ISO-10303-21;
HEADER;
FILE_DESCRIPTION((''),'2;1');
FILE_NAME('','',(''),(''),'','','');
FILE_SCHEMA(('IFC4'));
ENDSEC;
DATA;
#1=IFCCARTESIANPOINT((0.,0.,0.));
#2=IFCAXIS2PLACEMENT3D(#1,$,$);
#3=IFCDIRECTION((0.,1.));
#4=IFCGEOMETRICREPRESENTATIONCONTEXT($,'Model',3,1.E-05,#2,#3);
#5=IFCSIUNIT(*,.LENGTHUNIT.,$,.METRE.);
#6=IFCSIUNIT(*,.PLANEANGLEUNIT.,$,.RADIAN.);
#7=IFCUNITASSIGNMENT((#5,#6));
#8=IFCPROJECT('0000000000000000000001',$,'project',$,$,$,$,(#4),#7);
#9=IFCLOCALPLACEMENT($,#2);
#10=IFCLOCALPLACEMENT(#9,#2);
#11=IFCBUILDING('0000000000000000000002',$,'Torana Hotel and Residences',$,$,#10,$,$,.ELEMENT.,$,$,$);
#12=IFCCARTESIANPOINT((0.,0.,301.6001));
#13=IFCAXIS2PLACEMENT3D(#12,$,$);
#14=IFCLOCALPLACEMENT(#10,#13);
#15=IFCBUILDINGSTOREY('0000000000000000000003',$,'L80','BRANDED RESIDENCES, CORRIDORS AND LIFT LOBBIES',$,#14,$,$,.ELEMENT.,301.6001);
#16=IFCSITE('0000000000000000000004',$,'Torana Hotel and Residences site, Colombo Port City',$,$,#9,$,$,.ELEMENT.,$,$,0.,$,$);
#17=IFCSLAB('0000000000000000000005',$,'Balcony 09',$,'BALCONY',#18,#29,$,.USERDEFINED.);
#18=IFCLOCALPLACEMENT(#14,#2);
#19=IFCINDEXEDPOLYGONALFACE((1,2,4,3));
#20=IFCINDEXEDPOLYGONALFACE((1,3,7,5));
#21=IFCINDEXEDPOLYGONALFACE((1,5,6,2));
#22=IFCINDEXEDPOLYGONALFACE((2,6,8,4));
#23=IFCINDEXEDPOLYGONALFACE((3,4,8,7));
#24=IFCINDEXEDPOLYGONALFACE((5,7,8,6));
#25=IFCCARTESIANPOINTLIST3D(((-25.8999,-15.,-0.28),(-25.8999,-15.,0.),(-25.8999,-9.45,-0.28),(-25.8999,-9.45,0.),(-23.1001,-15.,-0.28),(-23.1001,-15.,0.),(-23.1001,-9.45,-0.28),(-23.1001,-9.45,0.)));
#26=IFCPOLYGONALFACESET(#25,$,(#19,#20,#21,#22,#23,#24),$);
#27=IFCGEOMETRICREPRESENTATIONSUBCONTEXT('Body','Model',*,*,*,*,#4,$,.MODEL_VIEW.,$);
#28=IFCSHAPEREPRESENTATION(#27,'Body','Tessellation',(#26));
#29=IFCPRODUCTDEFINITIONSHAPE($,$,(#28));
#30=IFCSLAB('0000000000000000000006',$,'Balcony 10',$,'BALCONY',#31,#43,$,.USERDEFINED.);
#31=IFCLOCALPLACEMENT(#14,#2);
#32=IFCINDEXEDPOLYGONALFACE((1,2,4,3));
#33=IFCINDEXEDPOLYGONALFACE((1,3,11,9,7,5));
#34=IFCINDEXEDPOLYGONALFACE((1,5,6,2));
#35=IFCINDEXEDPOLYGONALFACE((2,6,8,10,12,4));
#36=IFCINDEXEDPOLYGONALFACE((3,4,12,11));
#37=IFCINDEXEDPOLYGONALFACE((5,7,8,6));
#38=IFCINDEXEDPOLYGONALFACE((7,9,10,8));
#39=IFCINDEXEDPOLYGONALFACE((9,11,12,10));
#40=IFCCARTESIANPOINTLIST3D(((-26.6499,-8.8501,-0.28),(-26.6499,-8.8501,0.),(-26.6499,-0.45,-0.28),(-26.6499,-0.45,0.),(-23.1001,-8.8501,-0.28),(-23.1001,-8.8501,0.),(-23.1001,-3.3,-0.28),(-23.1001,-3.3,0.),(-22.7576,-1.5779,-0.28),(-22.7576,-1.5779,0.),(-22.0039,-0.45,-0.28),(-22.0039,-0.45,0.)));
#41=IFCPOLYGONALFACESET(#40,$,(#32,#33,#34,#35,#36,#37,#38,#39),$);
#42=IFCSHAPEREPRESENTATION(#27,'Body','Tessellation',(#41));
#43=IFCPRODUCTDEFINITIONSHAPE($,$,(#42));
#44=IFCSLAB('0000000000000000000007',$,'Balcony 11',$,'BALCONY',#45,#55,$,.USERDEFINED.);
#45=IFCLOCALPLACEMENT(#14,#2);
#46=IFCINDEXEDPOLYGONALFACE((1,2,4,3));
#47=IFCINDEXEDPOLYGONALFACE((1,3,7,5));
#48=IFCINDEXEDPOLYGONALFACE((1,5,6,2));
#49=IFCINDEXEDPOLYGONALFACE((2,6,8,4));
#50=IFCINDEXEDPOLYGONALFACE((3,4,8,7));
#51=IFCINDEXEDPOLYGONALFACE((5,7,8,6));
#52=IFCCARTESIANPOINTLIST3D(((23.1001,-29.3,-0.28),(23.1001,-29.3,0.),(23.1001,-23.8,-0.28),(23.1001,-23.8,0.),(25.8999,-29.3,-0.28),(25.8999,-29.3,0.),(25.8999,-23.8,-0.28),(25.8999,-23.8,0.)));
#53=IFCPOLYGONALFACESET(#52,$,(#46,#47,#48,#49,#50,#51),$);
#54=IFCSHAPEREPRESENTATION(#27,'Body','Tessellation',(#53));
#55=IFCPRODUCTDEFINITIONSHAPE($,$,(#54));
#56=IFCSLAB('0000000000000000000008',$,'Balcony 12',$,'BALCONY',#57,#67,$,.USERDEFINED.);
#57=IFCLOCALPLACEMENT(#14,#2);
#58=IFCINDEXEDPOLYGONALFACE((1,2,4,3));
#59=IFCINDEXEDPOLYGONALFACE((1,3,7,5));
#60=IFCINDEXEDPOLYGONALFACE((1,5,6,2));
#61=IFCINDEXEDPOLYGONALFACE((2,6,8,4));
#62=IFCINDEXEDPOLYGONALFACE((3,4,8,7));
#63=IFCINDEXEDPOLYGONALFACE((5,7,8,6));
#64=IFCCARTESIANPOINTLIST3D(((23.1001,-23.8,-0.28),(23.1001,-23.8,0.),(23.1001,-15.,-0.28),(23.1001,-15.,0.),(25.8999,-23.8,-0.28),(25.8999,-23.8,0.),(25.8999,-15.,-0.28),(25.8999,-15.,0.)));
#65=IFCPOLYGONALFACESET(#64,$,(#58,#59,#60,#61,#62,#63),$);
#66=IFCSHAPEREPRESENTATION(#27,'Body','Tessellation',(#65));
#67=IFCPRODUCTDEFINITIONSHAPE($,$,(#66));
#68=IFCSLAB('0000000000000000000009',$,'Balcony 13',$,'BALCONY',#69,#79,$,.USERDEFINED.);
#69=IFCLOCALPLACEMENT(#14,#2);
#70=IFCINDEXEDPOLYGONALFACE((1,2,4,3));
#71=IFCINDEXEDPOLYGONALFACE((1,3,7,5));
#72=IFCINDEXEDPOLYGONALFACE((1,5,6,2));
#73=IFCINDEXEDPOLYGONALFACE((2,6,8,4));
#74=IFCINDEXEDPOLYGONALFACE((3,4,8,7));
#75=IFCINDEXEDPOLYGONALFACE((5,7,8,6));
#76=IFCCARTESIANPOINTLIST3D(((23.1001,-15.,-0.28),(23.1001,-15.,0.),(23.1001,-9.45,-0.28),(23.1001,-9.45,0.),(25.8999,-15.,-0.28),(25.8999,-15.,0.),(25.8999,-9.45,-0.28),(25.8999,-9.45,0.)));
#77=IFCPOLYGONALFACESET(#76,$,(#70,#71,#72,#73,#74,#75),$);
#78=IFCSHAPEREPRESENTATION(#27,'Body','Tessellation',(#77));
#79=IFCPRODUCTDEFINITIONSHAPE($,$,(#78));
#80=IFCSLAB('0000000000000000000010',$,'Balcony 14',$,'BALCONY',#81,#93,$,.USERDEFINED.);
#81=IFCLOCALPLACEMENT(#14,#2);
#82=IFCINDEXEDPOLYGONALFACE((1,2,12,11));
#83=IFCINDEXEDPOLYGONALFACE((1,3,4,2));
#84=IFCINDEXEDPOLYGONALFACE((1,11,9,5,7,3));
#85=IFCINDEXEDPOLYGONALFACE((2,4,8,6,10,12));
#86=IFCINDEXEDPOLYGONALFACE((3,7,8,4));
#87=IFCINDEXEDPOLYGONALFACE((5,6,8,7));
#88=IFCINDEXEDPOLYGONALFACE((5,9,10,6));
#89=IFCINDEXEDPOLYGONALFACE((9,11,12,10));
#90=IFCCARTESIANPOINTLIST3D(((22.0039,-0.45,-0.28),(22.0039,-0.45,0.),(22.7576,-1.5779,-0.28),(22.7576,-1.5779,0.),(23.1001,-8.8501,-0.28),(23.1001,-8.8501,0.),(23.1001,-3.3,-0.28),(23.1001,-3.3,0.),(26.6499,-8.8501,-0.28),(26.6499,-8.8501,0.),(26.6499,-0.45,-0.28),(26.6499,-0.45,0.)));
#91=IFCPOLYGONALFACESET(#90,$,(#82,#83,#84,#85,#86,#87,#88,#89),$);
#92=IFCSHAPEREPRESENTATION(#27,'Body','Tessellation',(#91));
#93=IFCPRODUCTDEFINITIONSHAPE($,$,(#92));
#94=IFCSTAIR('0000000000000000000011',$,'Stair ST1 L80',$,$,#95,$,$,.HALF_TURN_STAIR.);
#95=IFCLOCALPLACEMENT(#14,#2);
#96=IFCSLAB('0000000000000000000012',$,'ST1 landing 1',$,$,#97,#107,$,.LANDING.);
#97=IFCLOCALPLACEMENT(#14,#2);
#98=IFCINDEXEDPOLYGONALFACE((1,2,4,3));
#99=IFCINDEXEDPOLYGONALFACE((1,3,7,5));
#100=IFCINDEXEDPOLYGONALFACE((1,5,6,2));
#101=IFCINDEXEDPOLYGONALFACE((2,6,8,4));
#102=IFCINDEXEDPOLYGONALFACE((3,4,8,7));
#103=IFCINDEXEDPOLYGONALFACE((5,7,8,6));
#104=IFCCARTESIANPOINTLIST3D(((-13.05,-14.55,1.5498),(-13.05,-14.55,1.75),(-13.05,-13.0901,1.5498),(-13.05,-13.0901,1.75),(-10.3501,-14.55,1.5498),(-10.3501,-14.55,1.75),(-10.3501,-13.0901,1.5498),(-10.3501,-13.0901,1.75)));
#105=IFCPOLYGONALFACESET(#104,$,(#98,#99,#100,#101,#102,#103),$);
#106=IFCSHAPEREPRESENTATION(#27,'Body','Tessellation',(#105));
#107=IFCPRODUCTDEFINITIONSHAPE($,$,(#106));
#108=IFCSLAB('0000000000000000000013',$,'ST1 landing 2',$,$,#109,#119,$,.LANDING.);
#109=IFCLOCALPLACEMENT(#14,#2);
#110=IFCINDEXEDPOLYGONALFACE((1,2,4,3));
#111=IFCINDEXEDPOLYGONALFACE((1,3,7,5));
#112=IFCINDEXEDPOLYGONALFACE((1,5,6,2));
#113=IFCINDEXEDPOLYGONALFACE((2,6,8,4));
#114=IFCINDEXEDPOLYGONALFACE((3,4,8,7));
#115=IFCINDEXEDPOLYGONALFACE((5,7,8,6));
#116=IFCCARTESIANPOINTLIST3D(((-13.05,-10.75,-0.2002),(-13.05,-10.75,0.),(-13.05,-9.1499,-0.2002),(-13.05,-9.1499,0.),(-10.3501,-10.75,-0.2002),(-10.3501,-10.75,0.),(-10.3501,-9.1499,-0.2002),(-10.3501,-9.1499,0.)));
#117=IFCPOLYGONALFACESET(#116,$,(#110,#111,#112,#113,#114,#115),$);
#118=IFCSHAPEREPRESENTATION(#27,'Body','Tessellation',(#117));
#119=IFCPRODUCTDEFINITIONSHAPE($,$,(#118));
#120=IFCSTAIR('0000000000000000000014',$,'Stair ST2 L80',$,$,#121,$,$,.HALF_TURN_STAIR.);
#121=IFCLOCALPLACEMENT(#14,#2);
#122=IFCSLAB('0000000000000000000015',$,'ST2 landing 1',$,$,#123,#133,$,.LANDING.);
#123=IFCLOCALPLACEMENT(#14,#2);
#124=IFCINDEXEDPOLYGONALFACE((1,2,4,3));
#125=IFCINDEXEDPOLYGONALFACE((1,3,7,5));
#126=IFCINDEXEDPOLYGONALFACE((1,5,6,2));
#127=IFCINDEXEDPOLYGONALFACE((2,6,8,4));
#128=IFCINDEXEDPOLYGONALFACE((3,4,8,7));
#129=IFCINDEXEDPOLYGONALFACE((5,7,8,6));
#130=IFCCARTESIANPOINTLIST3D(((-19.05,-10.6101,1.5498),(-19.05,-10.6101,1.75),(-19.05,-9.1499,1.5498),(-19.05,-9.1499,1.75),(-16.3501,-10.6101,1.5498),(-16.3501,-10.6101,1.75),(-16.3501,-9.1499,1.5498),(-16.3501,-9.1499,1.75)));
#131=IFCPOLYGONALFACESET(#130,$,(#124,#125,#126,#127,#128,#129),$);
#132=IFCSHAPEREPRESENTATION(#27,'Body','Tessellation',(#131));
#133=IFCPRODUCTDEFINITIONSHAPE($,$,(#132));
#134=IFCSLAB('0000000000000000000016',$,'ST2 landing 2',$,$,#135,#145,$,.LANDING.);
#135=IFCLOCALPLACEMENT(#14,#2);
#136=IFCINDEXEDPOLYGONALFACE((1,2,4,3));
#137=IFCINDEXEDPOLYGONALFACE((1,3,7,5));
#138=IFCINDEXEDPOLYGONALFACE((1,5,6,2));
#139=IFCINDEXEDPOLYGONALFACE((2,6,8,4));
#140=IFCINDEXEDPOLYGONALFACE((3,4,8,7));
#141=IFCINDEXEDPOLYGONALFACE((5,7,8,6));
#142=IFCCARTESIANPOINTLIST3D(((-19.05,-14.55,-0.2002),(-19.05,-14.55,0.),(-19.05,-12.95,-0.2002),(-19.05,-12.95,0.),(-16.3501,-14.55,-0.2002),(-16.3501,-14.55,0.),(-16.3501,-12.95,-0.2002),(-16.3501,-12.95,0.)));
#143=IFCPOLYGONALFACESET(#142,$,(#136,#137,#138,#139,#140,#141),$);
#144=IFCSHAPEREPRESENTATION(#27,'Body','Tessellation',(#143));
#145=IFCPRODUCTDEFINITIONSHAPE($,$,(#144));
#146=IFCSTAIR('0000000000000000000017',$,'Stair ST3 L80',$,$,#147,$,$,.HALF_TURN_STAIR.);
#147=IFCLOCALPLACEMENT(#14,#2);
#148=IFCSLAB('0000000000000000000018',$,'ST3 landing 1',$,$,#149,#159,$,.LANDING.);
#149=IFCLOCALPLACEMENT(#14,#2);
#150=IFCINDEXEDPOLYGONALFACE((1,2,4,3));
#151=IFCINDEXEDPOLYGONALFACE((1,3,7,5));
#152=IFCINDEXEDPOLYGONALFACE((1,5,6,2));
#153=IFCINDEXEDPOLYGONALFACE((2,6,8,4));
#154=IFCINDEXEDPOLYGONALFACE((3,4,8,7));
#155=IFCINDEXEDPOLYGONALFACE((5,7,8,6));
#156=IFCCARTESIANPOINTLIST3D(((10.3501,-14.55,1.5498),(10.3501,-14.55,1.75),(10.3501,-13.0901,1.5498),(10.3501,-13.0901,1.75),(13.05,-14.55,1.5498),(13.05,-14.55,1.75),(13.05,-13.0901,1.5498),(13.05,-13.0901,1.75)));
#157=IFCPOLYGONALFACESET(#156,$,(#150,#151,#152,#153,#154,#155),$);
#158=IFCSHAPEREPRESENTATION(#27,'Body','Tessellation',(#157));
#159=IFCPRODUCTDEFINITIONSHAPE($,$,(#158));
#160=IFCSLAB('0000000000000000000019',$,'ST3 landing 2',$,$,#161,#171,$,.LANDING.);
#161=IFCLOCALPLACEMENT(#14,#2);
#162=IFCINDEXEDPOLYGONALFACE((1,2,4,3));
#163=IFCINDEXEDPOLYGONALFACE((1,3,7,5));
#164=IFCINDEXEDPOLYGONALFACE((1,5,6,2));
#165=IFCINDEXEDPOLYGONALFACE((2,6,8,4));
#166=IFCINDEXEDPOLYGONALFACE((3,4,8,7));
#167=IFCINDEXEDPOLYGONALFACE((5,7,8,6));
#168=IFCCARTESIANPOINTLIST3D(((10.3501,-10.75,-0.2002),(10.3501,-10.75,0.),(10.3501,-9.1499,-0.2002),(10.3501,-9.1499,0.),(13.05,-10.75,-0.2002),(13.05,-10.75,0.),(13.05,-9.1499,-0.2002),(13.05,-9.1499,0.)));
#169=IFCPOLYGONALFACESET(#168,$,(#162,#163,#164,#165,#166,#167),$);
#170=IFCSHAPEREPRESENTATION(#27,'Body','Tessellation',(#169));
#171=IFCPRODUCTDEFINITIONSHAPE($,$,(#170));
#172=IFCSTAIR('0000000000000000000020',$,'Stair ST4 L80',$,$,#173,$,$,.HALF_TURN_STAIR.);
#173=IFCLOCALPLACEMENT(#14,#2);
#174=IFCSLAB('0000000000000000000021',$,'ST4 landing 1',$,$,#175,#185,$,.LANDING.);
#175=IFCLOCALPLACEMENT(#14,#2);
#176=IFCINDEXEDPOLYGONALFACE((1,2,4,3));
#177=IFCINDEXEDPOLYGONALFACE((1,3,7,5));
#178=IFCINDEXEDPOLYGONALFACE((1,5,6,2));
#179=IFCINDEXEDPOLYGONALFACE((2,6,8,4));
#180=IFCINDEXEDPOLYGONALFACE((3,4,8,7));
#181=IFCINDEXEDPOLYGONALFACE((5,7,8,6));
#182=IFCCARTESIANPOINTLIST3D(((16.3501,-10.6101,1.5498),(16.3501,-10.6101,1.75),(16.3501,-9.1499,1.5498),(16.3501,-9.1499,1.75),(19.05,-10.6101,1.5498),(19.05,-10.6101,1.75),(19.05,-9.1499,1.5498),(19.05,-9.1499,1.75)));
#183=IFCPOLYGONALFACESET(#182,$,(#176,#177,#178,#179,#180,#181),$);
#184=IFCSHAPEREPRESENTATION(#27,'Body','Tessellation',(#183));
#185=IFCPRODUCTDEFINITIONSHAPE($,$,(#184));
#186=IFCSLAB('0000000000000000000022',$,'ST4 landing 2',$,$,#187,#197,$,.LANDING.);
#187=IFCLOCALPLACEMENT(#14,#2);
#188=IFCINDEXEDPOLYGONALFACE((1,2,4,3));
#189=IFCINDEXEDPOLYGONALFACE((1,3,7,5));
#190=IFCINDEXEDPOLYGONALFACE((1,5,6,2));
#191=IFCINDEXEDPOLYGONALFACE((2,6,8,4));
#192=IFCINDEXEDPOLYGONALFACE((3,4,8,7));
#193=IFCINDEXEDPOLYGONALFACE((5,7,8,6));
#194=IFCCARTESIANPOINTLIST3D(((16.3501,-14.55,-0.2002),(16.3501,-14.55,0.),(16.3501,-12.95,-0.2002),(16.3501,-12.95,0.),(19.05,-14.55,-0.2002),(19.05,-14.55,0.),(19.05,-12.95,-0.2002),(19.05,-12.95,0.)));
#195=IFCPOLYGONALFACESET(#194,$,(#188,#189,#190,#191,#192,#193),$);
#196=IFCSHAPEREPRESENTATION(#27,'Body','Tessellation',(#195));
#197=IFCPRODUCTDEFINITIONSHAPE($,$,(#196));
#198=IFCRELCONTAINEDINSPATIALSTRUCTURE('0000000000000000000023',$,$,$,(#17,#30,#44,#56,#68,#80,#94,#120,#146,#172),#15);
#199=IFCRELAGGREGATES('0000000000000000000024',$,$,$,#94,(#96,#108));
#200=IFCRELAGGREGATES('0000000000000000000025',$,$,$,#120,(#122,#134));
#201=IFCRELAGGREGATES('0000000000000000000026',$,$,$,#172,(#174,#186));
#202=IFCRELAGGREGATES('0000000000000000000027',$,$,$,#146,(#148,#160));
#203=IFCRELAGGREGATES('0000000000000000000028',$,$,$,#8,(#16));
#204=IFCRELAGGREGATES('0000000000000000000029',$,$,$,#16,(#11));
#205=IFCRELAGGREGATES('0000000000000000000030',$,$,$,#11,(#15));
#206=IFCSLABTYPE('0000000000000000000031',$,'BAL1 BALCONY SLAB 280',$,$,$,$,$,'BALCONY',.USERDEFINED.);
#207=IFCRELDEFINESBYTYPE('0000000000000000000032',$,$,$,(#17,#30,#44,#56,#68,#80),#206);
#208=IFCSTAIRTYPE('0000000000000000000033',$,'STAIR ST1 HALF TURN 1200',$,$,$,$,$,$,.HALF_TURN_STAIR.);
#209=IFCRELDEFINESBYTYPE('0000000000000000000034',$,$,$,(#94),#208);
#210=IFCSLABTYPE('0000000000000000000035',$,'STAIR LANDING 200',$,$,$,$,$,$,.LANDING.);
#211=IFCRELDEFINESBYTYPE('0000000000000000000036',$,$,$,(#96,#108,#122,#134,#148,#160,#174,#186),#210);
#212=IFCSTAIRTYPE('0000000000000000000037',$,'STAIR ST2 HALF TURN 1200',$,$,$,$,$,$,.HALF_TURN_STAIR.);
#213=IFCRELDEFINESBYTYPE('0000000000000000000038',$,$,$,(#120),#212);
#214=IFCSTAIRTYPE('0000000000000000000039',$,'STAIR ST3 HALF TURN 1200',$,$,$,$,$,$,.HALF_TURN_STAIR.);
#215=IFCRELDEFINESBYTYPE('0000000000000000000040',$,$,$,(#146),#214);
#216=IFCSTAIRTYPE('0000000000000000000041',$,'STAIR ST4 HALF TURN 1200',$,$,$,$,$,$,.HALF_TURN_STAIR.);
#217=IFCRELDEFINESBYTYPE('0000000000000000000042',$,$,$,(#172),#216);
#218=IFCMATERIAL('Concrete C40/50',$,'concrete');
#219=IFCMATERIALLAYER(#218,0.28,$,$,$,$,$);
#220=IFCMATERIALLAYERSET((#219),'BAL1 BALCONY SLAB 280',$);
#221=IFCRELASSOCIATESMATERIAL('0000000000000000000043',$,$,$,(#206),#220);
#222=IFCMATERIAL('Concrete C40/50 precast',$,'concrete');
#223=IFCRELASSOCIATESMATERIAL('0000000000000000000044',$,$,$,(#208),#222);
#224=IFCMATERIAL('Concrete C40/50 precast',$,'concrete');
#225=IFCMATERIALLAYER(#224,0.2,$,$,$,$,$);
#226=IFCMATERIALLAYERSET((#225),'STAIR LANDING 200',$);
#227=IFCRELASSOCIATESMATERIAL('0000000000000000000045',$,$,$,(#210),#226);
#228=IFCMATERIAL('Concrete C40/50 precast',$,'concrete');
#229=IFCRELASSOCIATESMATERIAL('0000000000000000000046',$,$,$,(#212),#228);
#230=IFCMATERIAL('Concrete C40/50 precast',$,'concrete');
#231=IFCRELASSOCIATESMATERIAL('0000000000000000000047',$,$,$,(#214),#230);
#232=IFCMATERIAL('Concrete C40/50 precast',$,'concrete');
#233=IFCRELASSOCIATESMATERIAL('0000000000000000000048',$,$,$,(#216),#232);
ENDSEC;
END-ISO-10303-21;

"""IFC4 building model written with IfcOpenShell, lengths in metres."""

from ifc_helpers import new_model, si_unit, direction, frame, origin, place, context, subcontext, project, spatial, polyline, outline, extrude, material, layer, layer_set, type_object, element, aggregate, save


model = new_model("IFC4")

# Units and contexts
model_context = context("Model", 3, precision=1e-05, world=origin(), true_north=direction((0.0, 1.0)))
body_context = subcontext(model_context, "Body", "Model", "MODEL_VIEW")
ifc_project = project(units=[si_unit("LENGTHUNIT", "METRE"), si_unit("PLANEANGLEUNIT", "RADIAN")], contexts=[model_context])

# Site, building, storey
site_placement = place(None, origin())
site = spatial("IfcSite", under=ifc_project, at=site_placement, Name="Torana Hotel and Residences site, Colombo Port City", CompositionType="ELEMENT", RefElevation=0.0)
building_placement = place(site_placement, origin())
building = spatial("IfcBuilding", under=site, at=building_placement, Name="Torana Hotel and Residences", CompositionType="ELEMENT")
storey_placement = place(building_placement, frame((0.0, 0.0, 301.6001)))
storey = spatial("IfcBuildingStorey", under=building, at=storey_placement, Name="L80", Description="BRANDED RESIDENCES, CORRIDORS AND LIFT LOBBIES", CompositionType="ELEMENT", Elevation=301.6001)

# Slabs
ifc_material_1 = material(Name="Concrete C40/50", Category="concrete")
ifc_layer_1 = layer(ifc_material_1, 0.28)
ifc_layer_set_1 = layer_set([ifc_layer_1], Name="BAL1 BALCONY SLAB 280")
slab_type_1 = type_object("IfcSlabType", Name="BAL1 BALCONY SLAB 280", ElementType="BALCONY", PredefinedType="USERDEFINED", material=ifc_layer_set_1)
slab_1_placement = place(storey_placement, frame((0.0, 0.0, -0.28)))
element("IfcSlab", 1, at=slab_1_placement, inside=storey, type_object=slab_type_1, Name="Balcony 09", ObjectType="BALCONY", PredefinedType="USERDEFINED", context=body_context, shape_type="SweptSolid", body=[
    extrude(outline(polyline([(-25.8999, -15.0), (-23.1001, -15.0), (-23.1001, -9.45), (-25.8999, -9.45), (-25.8999, -15.0)])), origin(), (0.0, 0.0, 1.0), 0.28),
])
slab_2_placement = place(storey_placement, frame((0.0, 0.0, -0.28)))
element("IfcSlab", 2, at=slab_2_placement, inside=storey, type_object=slab_type_1, Name="Balcony 10", ObjectType="BALCONY", PredefinedType="USERDEFINED", context=body_context, shape_type="SweptSolid", body=[
    extrude(outline(polyline([(-26.6499, -8.8501), (-23.1001, -8.8501), (-23.1001, -3.3), (-22.7576, -1.5779), (-22.0039, -0.45), (-26.6499, -0.45), (-26.6499, -8.8501)])), origin(), (0.0, 0.0, 1.0), 0.28),
])
slab_3_placement = place(storey_placement, frame((0.0, 0.0, -0.28)))
element("IfcSlab", 3, at=slab_3_placement, inside=storey, type_object=slab_type_1, Name="Balcony 11", ObjectType="BALCONY", PredefinedType="USERDEFINED", context=body_context, shape_type="SweptSolid", body=[
    extrude(outline(polyline([(23.1001, -29.3), (25.8999, -29.3), (25.8999, -23.8), (23.1001, -23.8), (23.1001, -29.3)])), origin(), (0.0, 0.0, 1.0), 0.28),
])
slab_4_placement = place(storey_placement, frame((0.0, 0.0, -0.28)))
element("IfcSlab", 4, at=slab_4_placement, inside=storey, type_object=slab_type_1, Name="Balcony 12", ObjectType="BALCONY", PredefinedType="USERDEFINED", context=body_context, shape_type="SweptSolid", body=[
    extrude(outline(polyline([(23.1001, -23.8), (25.8999, -23.8), (25.8999, -15.0), (23.1001, -15.0), (23.1001, -23.8)])), origin(), (0.0, 0.0, 1.0), 0.28),
])
slab_5_placement = place(storey_placement, frame((0.0, 0.0, -0.28)))
element("IfcSlab", 5, at=slab_5_placement, inside=storey, type_object=slab_type_1, Name="Balcony 13", ObjectType="BALCONY", PredefinedType="USERDEFINED", context=body_context, shape_type="SweptSolid", body=[
    extrude(outline(polyline([(23.1001, -15.0), (25.8999, -15.0), (25.8999, -9.45), (23.1001, -9.45), (23.1001, -15.0)])), origin(), (0.0, 0.0, 1.0), 0.28),
])
slab_6_placement = place(storey_placement, frame((0.0, 0.0, -0.28)))
element("IfcSlab", 6, at=slab_6_placement, inside=storey, type_object=slab_type_1, Name="Balcony 14", ObjectType="BALCONY", PredefinedType="USERDEFINED", context=body_context, shape_type="SweptSolid", body=[
    extrude(outline(polyline([(23.1001, -8.8501), (26.6499, -8.8501), (26.6499, -0.45), (22.0039, -0.45), (22.7576, -1.5779), (23.1001, -3.3), (23.1001, -8.8501)])), origin(), (0.0, 0.0, 1.0), 0.28),
])

# Stairs, slabs
ifc_material_2 = material(Name="Concrete C40/50 precast", Category="concrete")
stair_type_1 = type_object("IfcStairType", Name="STAIR ST1 HALF TURN 1200", PredefinedType="HALF_TURN_STAIR", material=ifc_material_2)
stair_1_placement = place(storey_placement, origin())
stair_1 = element("IfcStair", 7, at=stair_1_placement, inside=storey, type_object=stair_type_1, Name="Stair ST1 L80", PredefinedType="HALF_TURN_STAIR")
ifc_material_3 = material(Name="Concrete C40/50 precast", Category="concrete")
ifc_layer_2 = layer(ifc_material_3, 0.2)
ifc_layer_set_2 = layer_set([ifc_layer_2], Name="STAIR LANDING 200")
slab_type_2 = type_object("IfcSlabType", Name="STAIR LANDING 200", PredefinedType="LANDING", material=ifc_layer_set_2)
slab_7_placement = place(storey_placement, frame((0.0, 0.0, 1.5498)))
slab_7 = element("IfcSlab", 8, at=slab_7_placement, type_object=slab_type_2, Name="ST1 landing 1", PredefinedType="LANDING", context=body_context, shape_type="SweptSolid", body=[
    extrude(outline(polyline([(-13.05, -14.55), (-10.3501, -14.55), (-10.3501, -13.0901), (-13.05, -13.0901), (-13.05, -14.55)])), origin(), (0.0, 0.0, 1.0), 0.2002),
])
slab_8_placement = place(storey_placement, frame((0.0, 0.0, -0.2002)))
slab_8 = element("IfcSlab", 9, at=slab_8_placement, type_object=slab_type_2, Name="ST1 landing 2", PredefinedType="LANDING", context=body_context, shape_type="SweptSolid", body=[
    extrude(outline(polyline([(-13.05, -10.75), (-10.3501, -10.75), (-10.3501, -9.1499), (-13.05, -9.1499), (-13.05, -10.75)])), origin(), (0.0, 0.0, 1.0), 0.2002),
])
aggregate(stair_1, [slab_7, slab_8])
ifc_material_4 = material(Name="Concrete C40/50 precast", Category="concrete")
stair_type_2 = type_object("IfcStairType", Name="STAIR ST2 HALF TURN 1200", PredefinedType="HALF_TURN_STAIR", material=ifc_material_4)
stair_2_placement = place(storey_placement, origin())
stair_2 = element("IfcStair", 10, at=stair_2_placement, inside=storey, type_object=stair_type_2, Name="Stair ST2 L80", PredefinedType="HALF_TURN_STAIR")
slab_9_placement = place(storey_placement, frame((0.0, 0.0, 1.5498)))
slab_9 = element("IfcSlab", 11, at=slab_9_placement, type_object=slab_type_2, Name="ST2 landing 1", PredefinedType="LANDING", context=body_context, shape_type="SweptSolid", body=[
    extrude(outline(polyline([(-19.05, -10.6101), (-16.3501, -10.6101), (-16.3501, -9.1499), (-19.05, -9.1499), (-19.05, -10.6101)])), origin(), (0.0, 0.0, 1.0), 0.2002),
])
slab_10_placement = place(storey_placement, frame((0.0, 0.0, -0.2002)))
slab_10 = element("IfcSlab", 12, at=slab_10_placement, type_object=slab_type_2, Name="ST2 landing 2", PredefinedType="LANDING", context=body_context, shape_type="SweptSolid", body=[
    extrude(outline(polyline([(-19.05, -14.55), (-16.3501, -14.55), (-16.3501, -12.95), (-19.05, -12.95), (-19.05, -14.55)])), origin(), (0.0, 0.0, 1.0), 0.2002),
])
aggregate(stair_2, [slab_9, slab_10])
ifc_material_5 = material(Name="Concrete C40/50 precast", Category="concrete")
stair_type_3 = type_object("IfcStairType", Name="STAIR ST3 HALF TURN 1200", PredefinedType="HALF_TURN_STAIR", material=ifc_material_5)
stair_3_placement = place(storey_placement, origin())
stair_3 = element("IfcStair", 13, at=stair_3_placement, inside=storey, type_object=stair_type_3, Name="Stair ST3 L80", PredefinedType="HALF_TURN_STAIR")
slab_11_placement = place(storey_placement, frame((0.0, 0.0, 1.5498)))
slab_11 = element("IfcSlab", 14, at=slab_11_placement, type_object=slab_type_2, Name="ST3 landing 1", PredefinedType="LANDING", context=body_context, shape_type="SweptSolid", body=[
    extrude(outline(polyline([(10.3501, -14.55), (13.05, -14.55), (13.05, -13.0901), (10.3501, -13.0901), (10.3501, -14.55)])), origin(), (0.0, 0.0, 1.0), 0.2002),
])
slab_12_placement = place(storey_placement, frame((0.0, 0.0, -0.2002)))
slab_12 = element("IfcSlab", 15, at=slab_12_placement, type_object=slab_type_2, Name="ST3 landing 2", PredefinedType="LANDING", context=body_context, shape_type="SweptSolid", body=[
    extrude(outline(polyline([(10.3501, -10.75), (13.05, -10.75), (13.05, -9.1499), (10.3501, -9.1499), (10.3501, -10.75)])), origin(), (0.0, 0.0, 1.0), 0.2002),
])
ifc_material_6 = material(Name="Concrete C40/50 precast", Category="concrete")
stair_type_4 = type_object("IfcStairType", Name="STAIR ST4 HALF TURN 1200", PredefinedType="HALF_TURN_STAIR", material=ifc_material_6)
stair_4_placement = place(storey_placement, origin())
stair_4 = element("IfcStair", 16, at=stair_4_placement, inside=storey, type_object=stair_type_4, Name="Stair ST4 L80", PredefinedType="HALF_TURN_STAIR")
slab_13_placement = place(storey_placement, frame((0.0, 0.0, 1.5498)))
slab_13 = element("IfcSlab", 17, at=slab_13_placement, type_object=slab_type_2, Name="ST4 landing 1", PredefinedType="LANDING", context=body_context, shape_type="SweptSolid", body=[
    extrude(outline(polyline([(16.3501, -10.6101), (19.05, -10.6101), (19.05, -9.1499), (16.3501, -9.1499), (16.3501, -10.6101)])), origin(), (0.0, 0.0, 1.0), 0.2002),
])
slab_14_placement = place(storey_placement, frame((0.0, 0.0, -0.2002)))
slab_14 = element("IfcSlab", 18, at=slab_14_placement, type_object=slab_type_2, Name="ST4 landing 2", PredefinedType="LANDING", context=body_context, shape_type="SweptSolid", body=[
    extrude(outline(polyline([(16.3501, -14.55), (19.05, -14.55), (19.05, -12.95), (16.3501, -12.95), (16.3501, -14.55)])), origin(), (0.0, 0.0, 1.0), 0.2002),
])
aggregate(stair_4, [slab_13, slab_14])

aggregate(stair_3, [slab_11, slab_12])

save(model, "model.ifc")
